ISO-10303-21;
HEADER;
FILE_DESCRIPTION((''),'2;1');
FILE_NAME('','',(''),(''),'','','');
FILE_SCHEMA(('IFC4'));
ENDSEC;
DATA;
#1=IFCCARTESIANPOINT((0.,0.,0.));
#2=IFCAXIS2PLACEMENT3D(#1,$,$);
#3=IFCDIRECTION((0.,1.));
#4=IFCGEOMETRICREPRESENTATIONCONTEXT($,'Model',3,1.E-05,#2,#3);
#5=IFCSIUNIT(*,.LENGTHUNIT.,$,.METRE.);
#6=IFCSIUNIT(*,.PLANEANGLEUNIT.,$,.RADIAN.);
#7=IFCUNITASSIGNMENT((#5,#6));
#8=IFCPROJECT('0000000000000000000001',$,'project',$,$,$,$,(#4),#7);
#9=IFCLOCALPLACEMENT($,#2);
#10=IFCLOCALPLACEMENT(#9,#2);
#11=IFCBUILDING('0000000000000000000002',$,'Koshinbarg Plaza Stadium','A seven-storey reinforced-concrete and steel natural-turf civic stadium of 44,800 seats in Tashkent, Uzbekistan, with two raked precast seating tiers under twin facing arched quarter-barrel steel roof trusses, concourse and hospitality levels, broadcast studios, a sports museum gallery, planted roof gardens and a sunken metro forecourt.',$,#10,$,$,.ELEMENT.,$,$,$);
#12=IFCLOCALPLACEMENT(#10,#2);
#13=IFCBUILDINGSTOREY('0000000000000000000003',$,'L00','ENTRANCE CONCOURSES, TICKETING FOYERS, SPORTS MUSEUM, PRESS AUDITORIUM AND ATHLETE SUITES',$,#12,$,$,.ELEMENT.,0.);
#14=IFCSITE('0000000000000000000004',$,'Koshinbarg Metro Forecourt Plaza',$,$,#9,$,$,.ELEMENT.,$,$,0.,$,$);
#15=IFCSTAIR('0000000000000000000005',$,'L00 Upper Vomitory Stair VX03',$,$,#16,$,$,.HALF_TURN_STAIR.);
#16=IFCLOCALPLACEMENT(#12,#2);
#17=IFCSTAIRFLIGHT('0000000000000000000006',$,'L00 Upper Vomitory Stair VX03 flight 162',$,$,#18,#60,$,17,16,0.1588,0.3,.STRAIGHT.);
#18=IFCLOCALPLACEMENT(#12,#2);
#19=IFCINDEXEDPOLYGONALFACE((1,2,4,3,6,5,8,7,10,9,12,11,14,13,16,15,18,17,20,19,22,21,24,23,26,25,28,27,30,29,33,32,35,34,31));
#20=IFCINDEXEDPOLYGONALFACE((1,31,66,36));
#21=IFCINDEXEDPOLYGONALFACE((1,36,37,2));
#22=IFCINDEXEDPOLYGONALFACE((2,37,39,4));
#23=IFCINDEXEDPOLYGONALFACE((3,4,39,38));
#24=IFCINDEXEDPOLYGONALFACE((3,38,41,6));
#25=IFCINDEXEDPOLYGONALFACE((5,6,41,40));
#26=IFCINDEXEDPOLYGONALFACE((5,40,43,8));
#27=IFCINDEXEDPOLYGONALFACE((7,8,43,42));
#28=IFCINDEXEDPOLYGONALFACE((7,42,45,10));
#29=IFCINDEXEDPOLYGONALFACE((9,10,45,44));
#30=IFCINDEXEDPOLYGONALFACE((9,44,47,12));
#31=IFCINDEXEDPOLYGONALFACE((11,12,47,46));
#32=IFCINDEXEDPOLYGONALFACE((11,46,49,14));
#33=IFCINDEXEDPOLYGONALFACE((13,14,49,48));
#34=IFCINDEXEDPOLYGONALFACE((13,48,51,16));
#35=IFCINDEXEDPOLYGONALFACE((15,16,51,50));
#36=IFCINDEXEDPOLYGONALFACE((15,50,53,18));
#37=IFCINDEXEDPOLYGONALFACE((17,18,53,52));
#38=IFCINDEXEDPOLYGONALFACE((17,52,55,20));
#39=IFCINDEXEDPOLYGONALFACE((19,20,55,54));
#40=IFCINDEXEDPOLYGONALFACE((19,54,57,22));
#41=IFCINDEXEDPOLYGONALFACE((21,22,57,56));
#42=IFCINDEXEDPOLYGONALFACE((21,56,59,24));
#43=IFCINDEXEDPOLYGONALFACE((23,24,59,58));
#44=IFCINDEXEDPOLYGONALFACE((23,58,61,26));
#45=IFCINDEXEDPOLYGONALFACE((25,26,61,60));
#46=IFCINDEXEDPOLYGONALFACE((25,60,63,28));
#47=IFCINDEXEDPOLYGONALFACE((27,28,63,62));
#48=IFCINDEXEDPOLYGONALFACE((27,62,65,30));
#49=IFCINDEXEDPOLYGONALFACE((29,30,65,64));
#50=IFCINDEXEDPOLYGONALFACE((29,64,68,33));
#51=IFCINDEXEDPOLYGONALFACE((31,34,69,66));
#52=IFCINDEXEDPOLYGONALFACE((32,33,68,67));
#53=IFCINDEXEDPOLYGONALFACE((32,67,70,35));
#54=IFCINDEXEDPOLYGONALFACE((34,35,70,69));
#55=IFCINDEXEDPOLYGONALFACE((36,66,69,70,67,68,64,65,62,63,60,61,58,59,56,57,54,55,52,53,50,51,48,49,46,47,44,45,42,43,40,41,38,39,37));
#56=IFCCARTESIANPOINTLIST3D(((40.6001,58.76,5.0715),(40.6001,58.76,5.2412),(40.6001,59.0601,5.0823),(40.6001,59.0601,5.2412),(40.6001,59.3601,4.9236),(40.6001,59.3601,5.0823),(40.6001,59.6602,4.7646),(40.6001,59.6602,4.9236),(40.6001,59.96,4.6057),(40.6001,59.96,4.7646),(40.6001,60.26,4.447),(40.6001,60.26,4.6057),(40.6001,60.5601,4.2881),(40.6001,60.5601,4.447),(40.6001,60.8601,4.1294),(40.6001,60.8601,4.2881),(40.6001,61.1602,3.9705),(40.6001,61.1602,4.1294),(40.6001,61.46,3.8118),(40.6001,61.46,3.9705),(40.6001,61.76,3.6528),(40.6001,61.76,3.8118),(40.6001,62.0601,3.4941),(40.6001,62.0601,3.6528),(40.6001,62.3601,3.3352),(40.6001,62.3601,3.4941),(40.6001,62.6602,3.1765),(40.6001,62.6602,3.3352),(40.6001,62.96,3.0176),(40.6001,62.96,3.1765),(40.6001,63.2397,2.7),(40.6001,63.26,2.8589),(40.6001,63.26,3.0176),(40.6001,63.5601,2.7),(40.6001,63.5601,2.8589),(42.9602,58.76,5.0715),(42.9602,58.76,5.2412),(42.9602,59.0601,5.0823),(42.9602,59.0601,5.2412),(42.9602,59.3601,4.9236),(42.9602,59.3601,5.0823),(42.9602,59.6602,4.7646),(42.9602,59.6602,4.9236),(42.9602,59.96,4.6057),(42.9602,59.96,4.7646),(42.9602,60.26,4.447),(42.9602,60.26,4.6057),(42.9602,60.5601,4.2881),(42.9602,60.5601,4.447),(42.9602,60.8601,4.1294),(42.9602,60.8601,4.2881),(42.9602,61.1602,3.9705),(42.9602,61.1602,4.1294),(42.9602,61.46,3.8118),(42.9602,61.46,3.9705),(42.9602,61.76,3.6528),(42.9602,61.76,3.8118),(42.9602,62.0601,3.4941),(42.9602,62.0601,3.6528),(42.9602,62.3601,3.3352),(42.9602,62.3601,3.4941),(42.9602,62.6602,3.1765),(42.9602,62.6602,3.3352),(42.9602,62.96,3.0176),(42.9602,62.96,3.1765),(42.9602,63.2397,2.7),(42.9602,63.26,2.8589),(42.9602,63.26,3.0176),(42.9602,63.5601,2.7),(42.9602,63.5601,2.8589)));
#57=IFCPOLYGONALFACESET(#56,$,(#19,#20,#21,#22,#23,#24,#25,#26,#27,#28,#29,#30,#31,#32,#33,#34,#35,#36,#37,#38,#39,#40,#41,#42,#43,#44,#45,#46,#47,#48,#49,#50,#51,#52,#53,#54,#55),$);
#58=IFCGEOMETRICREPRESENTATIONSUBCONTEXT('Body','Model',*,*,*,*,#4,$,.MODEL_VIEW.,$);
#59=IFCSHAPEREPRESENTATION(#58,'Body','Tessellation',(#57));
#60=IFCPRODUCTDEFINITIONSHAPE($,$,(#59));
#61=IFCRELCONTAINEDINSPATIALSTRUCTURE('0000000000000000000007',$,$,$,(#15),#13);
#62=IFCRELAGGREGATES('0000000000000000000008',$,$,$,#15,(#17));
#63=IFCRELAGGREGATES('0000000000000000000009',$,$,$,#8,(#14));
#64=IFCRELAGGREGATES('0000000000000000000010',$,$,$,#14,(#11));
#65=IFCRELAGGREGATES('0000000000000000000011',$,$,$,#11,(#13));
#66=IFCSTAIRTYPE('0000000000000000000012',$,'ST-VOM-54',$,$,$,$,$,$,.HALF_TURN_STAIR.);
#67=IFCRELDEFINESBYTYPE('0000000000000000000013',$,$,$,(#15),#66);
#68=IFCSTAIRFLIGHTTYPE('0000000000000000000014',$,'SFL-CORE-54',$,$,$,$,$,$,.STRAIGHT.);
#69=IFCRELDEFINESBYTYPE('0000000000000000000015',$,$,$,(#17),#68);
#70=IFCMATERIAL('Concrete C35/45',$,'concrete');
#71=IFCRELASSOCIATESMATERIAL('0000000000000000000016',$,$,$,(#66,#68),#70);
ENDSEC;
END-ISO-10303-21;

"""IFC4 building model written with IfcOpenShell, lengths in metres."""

from ifc_helpers import new_model, si_unit, direction, frame, origin, place, context, subcontext, project, spatial, polyline, outline, extrude, material, type_object, element, aggregate, save


model = new_model("IFC4")

# Units and contexts
model_context = context("Model", 3, precision=1e-05, world=origin(), true_north=direction((0.0, 1.0)))
body_context = subcontext(model_context, "Body", "Model", "MODEL_VIEW")
ifc_project = project(units=[si_unit("LENGTHUNIT", "METRE"), si_unit("PLANEANGLEUNIT", "RADIAN")], contexts=[model_context])

# Site, building, storey
site_placement = place(None, origin())
site = spatial("IfcSite", under=ifc_project, at=site_placement, Name="Koshinbarg Metro Forecourt Plaza", CompositionType="ELEMENT", RefElevation=0.0)
building_placement = place(site_placement, origin())
building = spatial("IfcBuilding", under=site, at=building_placement, Name="Koshinbarg Plaza Stadium", Description="A seven-storey reinforced-concrete and steel natural-turf civic stadium of 44,800 seats in Tashkent, Uzbekistan, with two raked precast seating tiers under twin facing arched quarter-barrel steel roof trusses, concourse and hospitality levels, broadcast studios, a sports museum gallery, planted roof gardens and a sunken metro forecourt.", CompositionType="ELEMENT")
storey_placement = place(building_placement, origin())
storey = spatial("IfcBuildingStorey", under=building, at=storey_placement, Name="L00", Description="ENTRANCE CONCOURSES, TICKETING FOYERS, SPORTS MUSEUM, PRESS AUDITORIUM AND ATHLETE SUITES", CompositionType="ELEMENT", Elevation=0.0)

# Shared definitions
ifc_material_1 = material(Name="Concrete C35/45", Category="concrete")

# Stair, stair flight
stair_type = type_object("IfcStairType", Name="ST-VOM-54", PredefinedType="HALF_TURN_STAIR", material=ifc_material_1)
stair_placement = place(storey_placement, origin())
stair = element("IfcStair", 1, at=stair_placement, inside=storey, type_object=stair_type, Name="L00 Upper Vomitory Stair VX03", PredefinedType="HALF_TURN_STAIR")
stair_flight_type = type_object("IfcStairFlightType", Name="SFL-CORE-54", PredefinedType="STRAIGHT", material=ifc_material_1)
stair_flight_1_placement = place(storey_placement, frame((41.78, 63.5601, 2.7), z_axis=(0.0, 0.0, 1.0), x_axis=(0.0, -1.0, 0.0)))
stair_flight_1 = element("IfcStairFlight", 2, at=stair_flight_1_placement, type_object=stair_flight_type, Name="L00 Upper Vomitory Stair VX03 flight 162", NumberOfRisers=17, NumberOfTreads=16, PredefinedType="STRAIGHT", RiserHeight=0.1588, TreadLength=0.3, context=body_context, shape_type="SweptSolid", body=[
    extrude(outline(polyline([(0.0, 0.0), (0.0, 0.1589), (0.3, 0.1589), (0.3, 0.3176), (0.6001, 0.3176), (0.6001, 0.4766), (0.8999, 0.4766), (0.8999, 0.6353), (1.2, 0.6353), (1.2, 0.7942), (1.5, 0.7942), (1.5, 0.9529), (1.8, 0.9529), (1.8, 1.1118), (2.1001, 1.1118), (2.1001, 1.2705), (2.3999, 1.2705), (2.3999, 1.4294), (2.7, 1.4294), (2.7, 1.5881), (3.0, 1.5881), (3.0, 1.7471), (3.3, 1.7471), (3.3, 1.9058), (3.6001, 1.9058), (3.6001, 2.0647), (3.8999, 2.0647), (3.8999, 2.2236), (4.2, 2.2236), (4.2, 2.3823), (4.5, 2.3823), (4.5, 2.5413), (4.8, 2.5413), (4.8, 2.7), (4.8, 2.3716), (0.3203, 0.0), (0.0, 0.0)])), frame((0.0, 1.1802, 0.0), z_axis=(0.0, -1.0, 0.0), x_axis=(1.0, 0.0, 0.0)), (0.0, 0.0, 1.0), 2.3601),
])
aggregate(stair, [stair_flight_1])

save(model, "model.ifc")
